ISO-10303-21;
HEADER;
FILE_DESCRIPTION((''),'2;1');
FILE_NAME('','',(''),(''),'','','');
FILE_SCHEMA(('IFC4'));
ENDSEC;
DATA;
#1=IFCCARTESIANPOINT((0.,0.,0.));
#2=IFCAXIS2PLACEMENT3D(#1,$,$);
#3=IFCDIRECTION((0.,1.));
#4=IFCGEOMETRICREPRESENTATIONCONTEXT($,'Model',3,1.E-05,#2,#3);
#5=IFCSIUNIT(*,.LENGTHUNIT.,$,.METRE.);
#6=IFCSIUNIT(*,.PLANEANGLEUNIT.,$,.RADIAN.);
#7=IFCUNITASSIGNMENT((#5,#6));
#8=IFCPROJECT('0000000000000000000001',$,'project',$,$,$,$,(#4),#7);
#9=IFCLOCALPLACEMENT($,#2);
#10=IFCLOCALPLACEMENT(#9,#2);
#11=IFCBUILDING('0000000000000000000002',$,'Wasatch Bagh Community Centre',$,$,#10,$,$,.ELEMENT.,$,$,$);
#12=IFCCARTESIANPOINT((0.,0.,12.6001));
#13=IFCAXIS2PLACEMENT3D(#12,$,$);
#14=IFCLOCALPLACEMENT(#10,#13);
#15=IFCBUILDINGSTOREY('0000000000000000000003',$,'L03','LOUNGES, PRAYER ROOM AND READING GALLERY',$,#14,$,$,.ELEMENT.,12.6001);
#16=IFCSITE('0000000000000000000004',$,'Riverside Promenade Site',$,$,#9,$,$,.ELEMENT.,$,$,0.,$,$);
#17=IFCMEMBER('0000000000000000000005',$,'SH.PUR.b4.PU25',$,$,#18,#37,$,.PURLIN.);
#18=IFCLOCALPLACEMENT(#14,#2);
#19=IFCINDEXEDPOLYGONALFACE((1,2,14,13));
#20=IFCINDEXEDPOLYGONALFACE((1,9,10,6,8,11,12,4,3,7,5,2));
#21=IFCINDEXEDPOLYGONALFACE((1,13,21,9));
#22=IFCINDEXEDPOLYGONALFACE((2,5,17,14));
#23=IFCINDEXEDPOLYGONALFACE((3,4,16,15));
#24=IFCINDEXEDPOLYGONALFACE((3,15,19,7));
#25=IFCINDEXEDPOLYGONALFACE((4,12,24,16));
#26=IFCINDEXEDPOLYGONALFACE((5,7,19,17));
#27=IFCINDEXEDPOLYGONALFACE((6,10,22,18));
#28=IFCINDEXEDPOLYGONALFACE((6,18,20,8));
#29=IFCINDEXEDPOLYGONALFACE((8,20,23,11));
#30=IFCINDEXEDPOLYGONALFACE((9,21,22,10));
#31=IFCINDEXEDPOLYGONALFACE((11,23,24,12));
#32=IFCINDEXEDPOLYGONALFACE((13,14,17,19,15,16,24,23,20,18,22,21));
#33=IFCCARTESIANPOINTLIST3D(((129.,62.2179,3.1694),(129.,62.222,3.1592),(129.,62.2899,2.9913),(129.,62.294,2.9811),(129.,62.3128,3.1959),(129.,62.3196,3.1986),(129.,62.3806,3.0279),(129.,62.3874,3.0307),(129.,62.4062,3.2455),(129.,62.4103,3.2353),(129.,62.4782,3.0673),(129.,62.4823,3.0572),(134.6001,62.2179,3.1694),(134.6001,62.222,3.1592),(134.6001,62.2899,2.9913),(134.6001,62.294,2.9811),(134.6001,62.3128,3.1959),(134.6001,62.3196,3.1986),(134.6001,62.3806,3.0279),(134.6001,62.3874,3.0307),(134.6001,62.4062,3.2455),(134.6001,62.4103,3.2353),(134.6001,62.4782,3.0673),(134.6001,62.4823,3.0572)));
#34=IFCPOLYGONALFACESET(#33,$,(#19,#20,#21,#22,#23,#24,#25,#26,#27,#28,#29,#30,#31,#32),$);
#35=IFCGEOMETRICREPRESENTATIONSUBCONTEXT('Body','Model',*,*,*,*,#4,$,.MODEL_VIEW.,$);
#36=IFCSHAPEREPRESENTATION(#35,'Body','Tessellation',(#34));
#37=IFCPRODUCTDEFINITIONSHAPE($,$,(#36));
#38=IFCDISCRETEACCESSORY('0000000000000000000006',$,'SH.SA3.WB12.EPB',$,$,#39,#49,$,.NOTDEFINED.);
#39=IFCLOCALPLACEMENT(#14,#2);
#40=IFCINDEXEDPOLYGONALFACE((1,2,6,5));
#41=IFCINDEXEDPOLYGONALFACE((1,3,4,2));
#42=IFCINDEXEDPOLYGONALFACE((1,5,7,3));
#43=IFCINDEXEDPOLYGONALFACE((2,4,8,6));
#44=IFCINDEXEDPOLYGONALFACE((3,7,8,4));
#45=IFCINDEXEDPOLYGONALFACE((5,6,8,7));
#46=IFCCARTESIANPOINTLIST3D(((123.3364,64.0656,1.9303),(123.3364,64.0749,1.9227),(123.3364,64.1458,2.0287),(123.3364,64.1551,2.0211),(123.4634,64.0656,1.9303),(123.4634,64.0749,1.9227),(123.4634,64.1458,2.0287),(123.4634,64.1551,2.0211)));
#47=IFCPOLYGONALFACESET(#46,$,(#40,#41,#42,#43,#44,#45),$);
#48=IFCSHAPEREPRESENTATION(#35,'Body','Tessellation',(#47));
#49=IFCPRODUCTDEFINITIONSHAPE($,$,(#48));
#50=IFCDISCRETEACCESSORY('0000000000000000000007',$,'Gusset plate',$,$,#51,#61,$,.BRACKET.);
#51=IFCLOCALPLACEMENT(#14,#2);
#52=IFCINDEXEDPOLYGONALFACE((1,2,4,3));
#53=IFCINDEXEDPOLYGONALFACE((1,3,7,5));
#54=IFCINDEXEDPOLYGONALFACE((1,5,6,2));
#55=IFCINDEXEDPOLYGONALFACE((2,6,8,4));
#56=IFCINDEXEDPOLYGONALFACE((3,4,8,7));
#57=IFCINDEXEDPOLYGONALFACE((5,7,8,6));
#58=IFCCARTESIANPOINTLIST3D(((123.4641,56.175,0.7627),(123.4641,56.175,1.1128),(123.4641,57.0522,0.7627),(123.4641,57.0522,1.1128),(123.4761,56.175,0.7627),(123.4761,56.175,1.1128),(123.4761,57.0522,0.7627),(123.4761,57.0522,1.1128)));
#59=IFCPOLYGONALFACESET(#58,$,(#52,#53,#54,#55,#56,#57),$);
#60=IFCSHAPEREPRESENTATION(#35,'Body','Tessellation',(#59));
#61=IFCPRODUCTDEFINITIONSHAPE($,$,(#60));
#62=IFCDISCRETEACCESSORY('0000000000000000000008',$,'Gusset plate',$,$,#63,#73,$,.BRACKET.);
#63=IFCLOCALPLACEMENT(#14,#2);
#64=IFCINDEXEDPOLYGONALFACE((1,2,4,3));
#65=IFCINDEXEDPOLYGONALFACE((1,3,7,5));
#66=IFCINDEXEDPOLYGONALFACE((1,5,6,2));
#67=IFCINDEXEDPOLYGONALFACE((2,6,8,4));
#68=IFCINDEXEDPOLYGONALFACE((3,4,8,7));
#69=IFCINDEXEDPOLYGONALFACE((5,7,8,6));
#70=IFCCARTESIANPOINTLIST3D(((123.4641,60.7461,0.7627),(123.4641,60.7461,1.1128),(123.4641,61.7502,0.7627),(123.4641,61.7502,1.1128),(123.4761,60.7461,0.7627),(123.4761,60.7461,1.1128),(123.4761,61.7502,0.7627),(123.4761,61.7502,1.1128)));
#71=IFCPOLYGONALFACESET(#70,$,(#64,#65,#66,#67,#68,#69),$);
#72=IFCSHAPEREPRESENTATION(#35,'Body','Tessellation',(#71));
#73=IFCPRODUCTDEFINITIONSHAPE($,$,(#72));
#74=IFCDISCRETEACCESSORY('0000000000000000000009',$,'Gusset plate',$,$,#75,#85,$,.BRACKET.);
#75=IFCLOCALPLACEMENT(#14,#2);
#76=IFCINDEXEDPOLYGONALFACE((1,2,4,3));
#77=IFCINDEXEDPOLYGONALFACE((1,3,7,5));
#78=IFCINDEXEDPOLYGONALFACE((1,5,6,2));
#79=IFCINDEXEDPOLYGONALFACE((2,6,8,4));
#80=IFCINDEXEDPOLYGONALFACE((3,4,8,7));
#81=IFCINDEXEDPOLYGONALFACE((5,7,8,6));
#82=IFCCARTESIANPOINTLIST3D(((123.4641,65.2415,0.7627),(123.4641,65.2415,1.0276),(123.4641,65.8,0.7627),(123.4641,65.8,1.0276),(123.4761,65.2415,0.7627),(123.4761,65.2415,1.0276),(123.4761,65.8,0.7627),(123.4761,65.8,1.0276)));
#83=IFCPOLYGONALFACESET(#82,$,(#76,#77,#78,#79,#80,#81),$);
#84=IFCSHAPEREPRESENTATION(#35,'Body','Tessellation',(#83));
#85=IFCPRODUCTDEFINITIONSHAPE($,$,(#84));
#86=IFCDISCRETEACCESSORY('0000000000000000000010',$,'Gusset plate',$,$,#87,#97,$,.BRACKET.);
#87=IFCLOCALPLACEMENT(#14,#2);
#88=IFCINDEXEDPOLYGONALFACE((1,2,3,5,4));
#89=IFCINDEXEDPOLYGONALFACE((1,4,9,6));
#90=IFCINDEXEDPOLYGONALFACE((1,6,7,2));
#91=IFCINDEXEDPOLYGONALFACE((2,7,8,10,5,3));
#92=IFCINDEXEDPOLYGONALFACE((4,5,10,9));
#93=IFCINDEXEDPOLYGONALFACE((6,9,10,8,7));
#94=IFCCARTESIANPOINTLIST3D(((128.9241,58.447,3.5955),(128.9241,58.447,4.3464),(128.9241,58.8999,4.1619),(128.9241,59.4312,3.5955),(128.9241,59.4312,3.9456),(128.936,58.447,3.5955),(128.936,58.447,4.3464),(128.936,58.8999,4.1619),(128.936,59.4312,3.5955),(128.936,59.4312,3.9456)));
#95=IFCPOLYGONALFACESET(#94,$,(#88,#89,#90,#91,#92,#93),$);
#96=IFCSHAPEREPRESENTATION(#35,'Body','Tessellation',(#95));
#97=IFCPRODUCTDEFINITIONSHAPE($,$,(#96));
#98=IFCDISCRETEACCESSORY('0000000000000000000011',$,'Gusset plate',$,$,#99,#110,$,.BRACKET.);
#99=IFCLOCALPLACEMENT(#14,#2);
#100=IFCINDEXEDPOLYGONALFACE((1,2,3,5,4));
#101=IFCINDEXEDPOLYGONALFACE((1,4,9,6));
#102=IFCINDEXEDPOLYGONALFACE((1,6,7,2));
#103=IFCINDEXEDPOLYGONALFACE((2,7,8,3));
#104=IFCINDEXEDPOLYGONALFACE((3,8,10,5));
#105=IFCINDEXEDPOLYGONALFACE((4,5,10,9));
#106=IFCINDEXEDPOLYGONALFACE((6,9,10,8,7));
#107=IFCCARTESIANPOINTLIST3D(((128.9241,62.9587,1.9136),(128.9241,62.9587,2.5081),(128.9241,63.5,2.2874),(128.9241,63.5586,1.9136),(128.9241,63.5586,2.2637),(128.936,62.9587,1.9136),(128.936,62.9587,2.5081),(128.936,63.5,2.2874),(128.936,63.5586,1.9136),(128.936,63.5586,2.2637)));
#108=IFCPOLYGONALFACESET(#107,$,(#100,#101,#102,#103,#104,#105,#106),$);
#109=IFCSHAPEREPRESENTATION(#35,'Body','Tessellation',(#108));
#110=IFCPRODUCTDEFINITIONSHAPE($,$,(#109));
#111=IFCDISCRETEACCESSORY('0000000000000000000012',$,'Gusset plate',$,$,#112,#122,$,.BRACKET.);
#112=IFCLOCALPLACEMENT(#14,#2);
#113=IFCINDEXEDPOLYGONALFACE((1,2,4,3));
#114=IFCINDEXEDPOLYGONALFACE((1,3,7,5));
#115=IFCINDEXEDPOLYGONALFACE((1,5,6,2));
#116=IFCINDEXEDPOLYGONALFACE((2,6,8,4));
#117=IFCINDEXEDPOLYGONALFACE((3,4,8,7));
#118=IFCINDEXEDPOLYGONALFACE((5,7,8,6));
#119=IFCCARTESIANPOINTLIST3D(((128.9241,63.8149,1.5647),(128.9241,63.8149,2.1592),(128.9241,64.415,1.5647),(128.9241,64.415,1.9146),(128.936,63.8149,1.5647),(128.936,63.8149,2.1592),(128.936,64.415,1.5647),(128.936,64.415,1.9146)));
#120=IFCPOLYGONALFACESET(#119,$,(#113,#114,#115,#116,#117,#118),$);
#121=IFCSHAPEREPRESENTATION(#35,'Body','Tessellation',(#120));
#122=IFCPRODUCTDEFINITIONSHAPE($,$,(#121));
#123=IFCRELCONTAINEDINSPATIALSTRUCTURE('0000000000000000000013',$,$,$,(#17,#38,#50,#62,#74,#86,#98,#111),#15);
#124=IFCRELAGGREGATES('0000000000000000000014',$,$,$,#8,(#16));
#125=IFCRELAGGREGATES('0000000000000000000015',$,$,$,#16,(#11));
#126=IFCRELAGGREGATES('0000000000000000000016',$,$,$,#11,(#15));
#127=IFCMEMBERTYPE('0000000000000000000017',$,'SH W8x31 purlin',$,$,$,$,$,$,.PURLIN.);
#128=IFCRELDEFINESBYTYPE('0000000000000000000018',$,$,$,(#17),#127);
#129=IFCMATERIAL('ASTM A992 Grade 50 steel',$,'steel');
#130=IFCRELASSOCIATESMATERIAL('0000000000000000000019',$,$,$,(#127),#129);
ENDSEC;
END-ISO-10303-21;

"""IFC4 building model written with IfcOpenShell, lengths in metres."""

from ifc_helpers import new_model, si_unit, direction, frame, origin, origin_2d, place, context, subcontext, project, spatial, polyline, rectangle, i_section, outline, extrude, material, material_profile, profile_set, type_object, element, save


model = new_model("IFC4")

# Units and contexts
model_context = context("Model", 3, precision=1e-05, world=origin(), true_north=direction((0.0, 1.0)))
body_context = subcontext(model_context, "Body", "Model", "MODEL_VIEW")
ifc_project = project(units=[si_unit("LENGTHUNIT", "METRE"), si_unit("PLANEANGLEUNIT", "RADIAN")], contexts=[model_context])

# Site, building, storey
site_placement = place(None, origin())
site = spatial("IfcSite", under=ifc_project, at=site_placement, Name="Riverside Promenade Site", CompositionType="ELEMENT", RefElevation=0.0)
building_placement = place(site_placement, origin())
building = spatial("IfcBuilding", under=site, at=building_placement, Name="Wasatch Bagh Community Centre", CompositionType="ELEMENT")
storey_placement = place(building_placement, frame((0.0, 0.0, 12.6001)))
storey = spatial("IfcBuildingStorey", under=building, at=storey_placement, Name="L03", Description="LOUNGES, PRAYER ROOM AND READING GALLERY", CompositionType="ELEMENT", Elevation=12.6001)

# Member
ifc_material_1 = material(Name="ASTM A992 Grade 50 steel", Category="steel")
ifc_material_profile_1 = material_profile(ifc_material_1, i_section(OverallWidth=0.2031, OverallDepth=0.2031, WebThickness=0.0073, FlangeThickness=0.011, at=origin_2d()), Name="W8x31")
ifc_profile_set_1 = profile_set([ifc_material_profile_1], Name="ASTM A992 Grade 50 steel")
member_type_1 = type_object("IfcMemberType", Name="SH W8x31 purlin", PredefinedType="PURLIN", material=ifc_profile_set_1)
for number, where, z_axis, x_axis, name in (
    (1, (129.0, 62.3501, 3.1133), (1.0, 0.0, 0.0), (0.0, 0.927184, 0.374607), "SH.PUR.b4.PU25"),
):
    element("IfcMember", number, at=place(storey_placement, frame(where, z_axis=z_axis, x_axis=x_axis)), inside=storey, type_object=member_type_1, Name=name, PredefinedType="PURLIN", context=body_context, shape_type="SweptSolid", body=[
        extrude(i_section(OverallWidth=0.2031, OverallDepth=0.2031, WebThickness=0.0073, FlangeThickness=0.011, at=origin_2d()), origin(), (0.0, 0.0, 1.0), 5.6001),
    ])

# Discrete accessories
discrete_accessory_1_placement = place(storey_placement, frame((123.3999, 64.115, 1.9719), z_axis=(0.0, -0.774865, 0.632127), x_axis=(1.0, 0.0, 0.0)))
element("IfcDiscreteAccessory", 2, at=discrete_accessory_1_placement, inside=storey, Name="SH.SA3.WB12.EPB", PredefinedType="NOTDEFINED", context=body_context, shape_type="SweptSolid", body=[
    extrude(rectangle(XDim=0.127, YDim=0.127, at=origin_2d()), origin(), (0.0, 0.0, 1.0), 0.012),
])
discrete_accessory_2_placement = place(storey_placement, frame((123.4761, 56.175, 0.7627), z_axis=(1.0, 0.0, 0.0), x_axis=(0.0, 1.0, 0.0)))
element("IfcDiscreteAccessory", 3, at=discrete_accessory_2_placement, inside=storey, Name="Gusset plate", PredefinedType="BRACKET", context=body_context, shape_type="SweptSolid", body=[
    extrude(outline(polyline([(0.0, 0.0), (0.8772, 0.0), (0.8772, 0.3501), (0.0, 0.3501), (0.0, 0.0)])), origin(), (0.0, 0.0, -1.0), 0.012),
])
discrete_accessory_3_placement = place(storey_placement, frame((123.4761, 60.7461, 0.7627), z_axis=(1.0, 0.0, 0.0), x_axis=(0.0, 1.0, 0.0)))
element("IfcDiscreteAccessory", 4, at=discrete_accessory_3_placement, inside=storey, Name="Gusset plate", PredefinedType="BRACKET", context=body_context, shape_type="SweptSolid", body=[
    extrude(outline(polyline([(0.0, 0.0), (1.0042, 0.0), (1.0042, 0.3501), (0.0, 0.3501), (0.0, 0.0)])), origin(), (0.0, 0.0, -1.0), 0.012),
])
discrete_accessory_4_placement = place(storey_placement, frame((123.4761, 65.2415, 0.7627), z_axis=(1.0, 0.0, 0.0), x_axis=(0.0, 1.0, 0.0)))
element("IfcDiscreteAccessory", 5, at=discrete_accessory_4_placement, inside=storey, Name="Gusset plate", PredefinedType="BRACKET", context=body_context, shape_type="SweptSolid", body=[
    extrude(outline(polyline([(0.0, 0.0), (0.5586, 0.0), (0.5586, 0.2649), (0.0, 0.2649), (0.0, 0.0)])), origin(), (0.0, 0.0, -1.0), 0.012),
])
discrete_accessory_5_placement = place(storey_placement, frame((128.9241, 58.447, 4.3464), z_axis=(-1.0, 0.0, 0.0), x_axis=(0.0, 0.926047, -0.377408)))
element("IfcDiscreteAccessory", 6, at=discrete_accessory_5_placement, inside=storey, Name="Gusset plate", PredefinedType="BRACKET", context=body_context, shape_type="SweptSolid", body=[
    extrude(outline(polyline([(0.0, 0.0), (0.489, 0.0), (1.0626, -0.0002), (1.1948, 0.324), (0.2834, 0.6954), (0.0, 0.0)])), origin(), (0.0, 0.0, -1.0), 0.012),
])
discrete_accessory_6_placement = place(storey_placement, frame((128.9241, 62.9587, 2.5081), z_axis=(-1.0, 0.0, 0.0), x_axis=(0.0, 0.925979, -0.377575)))
element("IfcDiscreteAccessory", 7, at=discrete_accessory_6_placement, inside=storey, Name="Gusset plate", PredefinedType="BRACKET", context=body_context, shape_type="SweptSolid", body=[
    extrude(outline(polyline([(0.0, 0.0), (0.5845, 0.0), (0.6477, -0.0002), (0.7799, 0.324), (0.2245, 0.5505), (0.0, 0.0)])), origin(), (0.0, 0.0, -1.0), 0.012),
])
discrete_accessory_7_placement = place(storey_placement, frame((128.9241, 63.8149, 2.1592), z_axis=(-1.0, 0.0, 0.0), x_axis=(0.0, 0.926014, -0.377488)))
element("IfcDiscreteAccessory", 8, at=discrete_accessory_7_placement, inside=storey, Name="Gusset plate", PredefinedType="BRACKET", context=body_context, shape_type="SweptSolid", body=[
    extrude(outline(polyline([(0.0, 0.0), (0.648, 0.0), (0.7801, 0.324), (0.2244, 0.5505), (0.0, 0.0)])), origin(), (0.0, 0.0, -1.0), 0.012),
])

save(model, "model.ifc")
